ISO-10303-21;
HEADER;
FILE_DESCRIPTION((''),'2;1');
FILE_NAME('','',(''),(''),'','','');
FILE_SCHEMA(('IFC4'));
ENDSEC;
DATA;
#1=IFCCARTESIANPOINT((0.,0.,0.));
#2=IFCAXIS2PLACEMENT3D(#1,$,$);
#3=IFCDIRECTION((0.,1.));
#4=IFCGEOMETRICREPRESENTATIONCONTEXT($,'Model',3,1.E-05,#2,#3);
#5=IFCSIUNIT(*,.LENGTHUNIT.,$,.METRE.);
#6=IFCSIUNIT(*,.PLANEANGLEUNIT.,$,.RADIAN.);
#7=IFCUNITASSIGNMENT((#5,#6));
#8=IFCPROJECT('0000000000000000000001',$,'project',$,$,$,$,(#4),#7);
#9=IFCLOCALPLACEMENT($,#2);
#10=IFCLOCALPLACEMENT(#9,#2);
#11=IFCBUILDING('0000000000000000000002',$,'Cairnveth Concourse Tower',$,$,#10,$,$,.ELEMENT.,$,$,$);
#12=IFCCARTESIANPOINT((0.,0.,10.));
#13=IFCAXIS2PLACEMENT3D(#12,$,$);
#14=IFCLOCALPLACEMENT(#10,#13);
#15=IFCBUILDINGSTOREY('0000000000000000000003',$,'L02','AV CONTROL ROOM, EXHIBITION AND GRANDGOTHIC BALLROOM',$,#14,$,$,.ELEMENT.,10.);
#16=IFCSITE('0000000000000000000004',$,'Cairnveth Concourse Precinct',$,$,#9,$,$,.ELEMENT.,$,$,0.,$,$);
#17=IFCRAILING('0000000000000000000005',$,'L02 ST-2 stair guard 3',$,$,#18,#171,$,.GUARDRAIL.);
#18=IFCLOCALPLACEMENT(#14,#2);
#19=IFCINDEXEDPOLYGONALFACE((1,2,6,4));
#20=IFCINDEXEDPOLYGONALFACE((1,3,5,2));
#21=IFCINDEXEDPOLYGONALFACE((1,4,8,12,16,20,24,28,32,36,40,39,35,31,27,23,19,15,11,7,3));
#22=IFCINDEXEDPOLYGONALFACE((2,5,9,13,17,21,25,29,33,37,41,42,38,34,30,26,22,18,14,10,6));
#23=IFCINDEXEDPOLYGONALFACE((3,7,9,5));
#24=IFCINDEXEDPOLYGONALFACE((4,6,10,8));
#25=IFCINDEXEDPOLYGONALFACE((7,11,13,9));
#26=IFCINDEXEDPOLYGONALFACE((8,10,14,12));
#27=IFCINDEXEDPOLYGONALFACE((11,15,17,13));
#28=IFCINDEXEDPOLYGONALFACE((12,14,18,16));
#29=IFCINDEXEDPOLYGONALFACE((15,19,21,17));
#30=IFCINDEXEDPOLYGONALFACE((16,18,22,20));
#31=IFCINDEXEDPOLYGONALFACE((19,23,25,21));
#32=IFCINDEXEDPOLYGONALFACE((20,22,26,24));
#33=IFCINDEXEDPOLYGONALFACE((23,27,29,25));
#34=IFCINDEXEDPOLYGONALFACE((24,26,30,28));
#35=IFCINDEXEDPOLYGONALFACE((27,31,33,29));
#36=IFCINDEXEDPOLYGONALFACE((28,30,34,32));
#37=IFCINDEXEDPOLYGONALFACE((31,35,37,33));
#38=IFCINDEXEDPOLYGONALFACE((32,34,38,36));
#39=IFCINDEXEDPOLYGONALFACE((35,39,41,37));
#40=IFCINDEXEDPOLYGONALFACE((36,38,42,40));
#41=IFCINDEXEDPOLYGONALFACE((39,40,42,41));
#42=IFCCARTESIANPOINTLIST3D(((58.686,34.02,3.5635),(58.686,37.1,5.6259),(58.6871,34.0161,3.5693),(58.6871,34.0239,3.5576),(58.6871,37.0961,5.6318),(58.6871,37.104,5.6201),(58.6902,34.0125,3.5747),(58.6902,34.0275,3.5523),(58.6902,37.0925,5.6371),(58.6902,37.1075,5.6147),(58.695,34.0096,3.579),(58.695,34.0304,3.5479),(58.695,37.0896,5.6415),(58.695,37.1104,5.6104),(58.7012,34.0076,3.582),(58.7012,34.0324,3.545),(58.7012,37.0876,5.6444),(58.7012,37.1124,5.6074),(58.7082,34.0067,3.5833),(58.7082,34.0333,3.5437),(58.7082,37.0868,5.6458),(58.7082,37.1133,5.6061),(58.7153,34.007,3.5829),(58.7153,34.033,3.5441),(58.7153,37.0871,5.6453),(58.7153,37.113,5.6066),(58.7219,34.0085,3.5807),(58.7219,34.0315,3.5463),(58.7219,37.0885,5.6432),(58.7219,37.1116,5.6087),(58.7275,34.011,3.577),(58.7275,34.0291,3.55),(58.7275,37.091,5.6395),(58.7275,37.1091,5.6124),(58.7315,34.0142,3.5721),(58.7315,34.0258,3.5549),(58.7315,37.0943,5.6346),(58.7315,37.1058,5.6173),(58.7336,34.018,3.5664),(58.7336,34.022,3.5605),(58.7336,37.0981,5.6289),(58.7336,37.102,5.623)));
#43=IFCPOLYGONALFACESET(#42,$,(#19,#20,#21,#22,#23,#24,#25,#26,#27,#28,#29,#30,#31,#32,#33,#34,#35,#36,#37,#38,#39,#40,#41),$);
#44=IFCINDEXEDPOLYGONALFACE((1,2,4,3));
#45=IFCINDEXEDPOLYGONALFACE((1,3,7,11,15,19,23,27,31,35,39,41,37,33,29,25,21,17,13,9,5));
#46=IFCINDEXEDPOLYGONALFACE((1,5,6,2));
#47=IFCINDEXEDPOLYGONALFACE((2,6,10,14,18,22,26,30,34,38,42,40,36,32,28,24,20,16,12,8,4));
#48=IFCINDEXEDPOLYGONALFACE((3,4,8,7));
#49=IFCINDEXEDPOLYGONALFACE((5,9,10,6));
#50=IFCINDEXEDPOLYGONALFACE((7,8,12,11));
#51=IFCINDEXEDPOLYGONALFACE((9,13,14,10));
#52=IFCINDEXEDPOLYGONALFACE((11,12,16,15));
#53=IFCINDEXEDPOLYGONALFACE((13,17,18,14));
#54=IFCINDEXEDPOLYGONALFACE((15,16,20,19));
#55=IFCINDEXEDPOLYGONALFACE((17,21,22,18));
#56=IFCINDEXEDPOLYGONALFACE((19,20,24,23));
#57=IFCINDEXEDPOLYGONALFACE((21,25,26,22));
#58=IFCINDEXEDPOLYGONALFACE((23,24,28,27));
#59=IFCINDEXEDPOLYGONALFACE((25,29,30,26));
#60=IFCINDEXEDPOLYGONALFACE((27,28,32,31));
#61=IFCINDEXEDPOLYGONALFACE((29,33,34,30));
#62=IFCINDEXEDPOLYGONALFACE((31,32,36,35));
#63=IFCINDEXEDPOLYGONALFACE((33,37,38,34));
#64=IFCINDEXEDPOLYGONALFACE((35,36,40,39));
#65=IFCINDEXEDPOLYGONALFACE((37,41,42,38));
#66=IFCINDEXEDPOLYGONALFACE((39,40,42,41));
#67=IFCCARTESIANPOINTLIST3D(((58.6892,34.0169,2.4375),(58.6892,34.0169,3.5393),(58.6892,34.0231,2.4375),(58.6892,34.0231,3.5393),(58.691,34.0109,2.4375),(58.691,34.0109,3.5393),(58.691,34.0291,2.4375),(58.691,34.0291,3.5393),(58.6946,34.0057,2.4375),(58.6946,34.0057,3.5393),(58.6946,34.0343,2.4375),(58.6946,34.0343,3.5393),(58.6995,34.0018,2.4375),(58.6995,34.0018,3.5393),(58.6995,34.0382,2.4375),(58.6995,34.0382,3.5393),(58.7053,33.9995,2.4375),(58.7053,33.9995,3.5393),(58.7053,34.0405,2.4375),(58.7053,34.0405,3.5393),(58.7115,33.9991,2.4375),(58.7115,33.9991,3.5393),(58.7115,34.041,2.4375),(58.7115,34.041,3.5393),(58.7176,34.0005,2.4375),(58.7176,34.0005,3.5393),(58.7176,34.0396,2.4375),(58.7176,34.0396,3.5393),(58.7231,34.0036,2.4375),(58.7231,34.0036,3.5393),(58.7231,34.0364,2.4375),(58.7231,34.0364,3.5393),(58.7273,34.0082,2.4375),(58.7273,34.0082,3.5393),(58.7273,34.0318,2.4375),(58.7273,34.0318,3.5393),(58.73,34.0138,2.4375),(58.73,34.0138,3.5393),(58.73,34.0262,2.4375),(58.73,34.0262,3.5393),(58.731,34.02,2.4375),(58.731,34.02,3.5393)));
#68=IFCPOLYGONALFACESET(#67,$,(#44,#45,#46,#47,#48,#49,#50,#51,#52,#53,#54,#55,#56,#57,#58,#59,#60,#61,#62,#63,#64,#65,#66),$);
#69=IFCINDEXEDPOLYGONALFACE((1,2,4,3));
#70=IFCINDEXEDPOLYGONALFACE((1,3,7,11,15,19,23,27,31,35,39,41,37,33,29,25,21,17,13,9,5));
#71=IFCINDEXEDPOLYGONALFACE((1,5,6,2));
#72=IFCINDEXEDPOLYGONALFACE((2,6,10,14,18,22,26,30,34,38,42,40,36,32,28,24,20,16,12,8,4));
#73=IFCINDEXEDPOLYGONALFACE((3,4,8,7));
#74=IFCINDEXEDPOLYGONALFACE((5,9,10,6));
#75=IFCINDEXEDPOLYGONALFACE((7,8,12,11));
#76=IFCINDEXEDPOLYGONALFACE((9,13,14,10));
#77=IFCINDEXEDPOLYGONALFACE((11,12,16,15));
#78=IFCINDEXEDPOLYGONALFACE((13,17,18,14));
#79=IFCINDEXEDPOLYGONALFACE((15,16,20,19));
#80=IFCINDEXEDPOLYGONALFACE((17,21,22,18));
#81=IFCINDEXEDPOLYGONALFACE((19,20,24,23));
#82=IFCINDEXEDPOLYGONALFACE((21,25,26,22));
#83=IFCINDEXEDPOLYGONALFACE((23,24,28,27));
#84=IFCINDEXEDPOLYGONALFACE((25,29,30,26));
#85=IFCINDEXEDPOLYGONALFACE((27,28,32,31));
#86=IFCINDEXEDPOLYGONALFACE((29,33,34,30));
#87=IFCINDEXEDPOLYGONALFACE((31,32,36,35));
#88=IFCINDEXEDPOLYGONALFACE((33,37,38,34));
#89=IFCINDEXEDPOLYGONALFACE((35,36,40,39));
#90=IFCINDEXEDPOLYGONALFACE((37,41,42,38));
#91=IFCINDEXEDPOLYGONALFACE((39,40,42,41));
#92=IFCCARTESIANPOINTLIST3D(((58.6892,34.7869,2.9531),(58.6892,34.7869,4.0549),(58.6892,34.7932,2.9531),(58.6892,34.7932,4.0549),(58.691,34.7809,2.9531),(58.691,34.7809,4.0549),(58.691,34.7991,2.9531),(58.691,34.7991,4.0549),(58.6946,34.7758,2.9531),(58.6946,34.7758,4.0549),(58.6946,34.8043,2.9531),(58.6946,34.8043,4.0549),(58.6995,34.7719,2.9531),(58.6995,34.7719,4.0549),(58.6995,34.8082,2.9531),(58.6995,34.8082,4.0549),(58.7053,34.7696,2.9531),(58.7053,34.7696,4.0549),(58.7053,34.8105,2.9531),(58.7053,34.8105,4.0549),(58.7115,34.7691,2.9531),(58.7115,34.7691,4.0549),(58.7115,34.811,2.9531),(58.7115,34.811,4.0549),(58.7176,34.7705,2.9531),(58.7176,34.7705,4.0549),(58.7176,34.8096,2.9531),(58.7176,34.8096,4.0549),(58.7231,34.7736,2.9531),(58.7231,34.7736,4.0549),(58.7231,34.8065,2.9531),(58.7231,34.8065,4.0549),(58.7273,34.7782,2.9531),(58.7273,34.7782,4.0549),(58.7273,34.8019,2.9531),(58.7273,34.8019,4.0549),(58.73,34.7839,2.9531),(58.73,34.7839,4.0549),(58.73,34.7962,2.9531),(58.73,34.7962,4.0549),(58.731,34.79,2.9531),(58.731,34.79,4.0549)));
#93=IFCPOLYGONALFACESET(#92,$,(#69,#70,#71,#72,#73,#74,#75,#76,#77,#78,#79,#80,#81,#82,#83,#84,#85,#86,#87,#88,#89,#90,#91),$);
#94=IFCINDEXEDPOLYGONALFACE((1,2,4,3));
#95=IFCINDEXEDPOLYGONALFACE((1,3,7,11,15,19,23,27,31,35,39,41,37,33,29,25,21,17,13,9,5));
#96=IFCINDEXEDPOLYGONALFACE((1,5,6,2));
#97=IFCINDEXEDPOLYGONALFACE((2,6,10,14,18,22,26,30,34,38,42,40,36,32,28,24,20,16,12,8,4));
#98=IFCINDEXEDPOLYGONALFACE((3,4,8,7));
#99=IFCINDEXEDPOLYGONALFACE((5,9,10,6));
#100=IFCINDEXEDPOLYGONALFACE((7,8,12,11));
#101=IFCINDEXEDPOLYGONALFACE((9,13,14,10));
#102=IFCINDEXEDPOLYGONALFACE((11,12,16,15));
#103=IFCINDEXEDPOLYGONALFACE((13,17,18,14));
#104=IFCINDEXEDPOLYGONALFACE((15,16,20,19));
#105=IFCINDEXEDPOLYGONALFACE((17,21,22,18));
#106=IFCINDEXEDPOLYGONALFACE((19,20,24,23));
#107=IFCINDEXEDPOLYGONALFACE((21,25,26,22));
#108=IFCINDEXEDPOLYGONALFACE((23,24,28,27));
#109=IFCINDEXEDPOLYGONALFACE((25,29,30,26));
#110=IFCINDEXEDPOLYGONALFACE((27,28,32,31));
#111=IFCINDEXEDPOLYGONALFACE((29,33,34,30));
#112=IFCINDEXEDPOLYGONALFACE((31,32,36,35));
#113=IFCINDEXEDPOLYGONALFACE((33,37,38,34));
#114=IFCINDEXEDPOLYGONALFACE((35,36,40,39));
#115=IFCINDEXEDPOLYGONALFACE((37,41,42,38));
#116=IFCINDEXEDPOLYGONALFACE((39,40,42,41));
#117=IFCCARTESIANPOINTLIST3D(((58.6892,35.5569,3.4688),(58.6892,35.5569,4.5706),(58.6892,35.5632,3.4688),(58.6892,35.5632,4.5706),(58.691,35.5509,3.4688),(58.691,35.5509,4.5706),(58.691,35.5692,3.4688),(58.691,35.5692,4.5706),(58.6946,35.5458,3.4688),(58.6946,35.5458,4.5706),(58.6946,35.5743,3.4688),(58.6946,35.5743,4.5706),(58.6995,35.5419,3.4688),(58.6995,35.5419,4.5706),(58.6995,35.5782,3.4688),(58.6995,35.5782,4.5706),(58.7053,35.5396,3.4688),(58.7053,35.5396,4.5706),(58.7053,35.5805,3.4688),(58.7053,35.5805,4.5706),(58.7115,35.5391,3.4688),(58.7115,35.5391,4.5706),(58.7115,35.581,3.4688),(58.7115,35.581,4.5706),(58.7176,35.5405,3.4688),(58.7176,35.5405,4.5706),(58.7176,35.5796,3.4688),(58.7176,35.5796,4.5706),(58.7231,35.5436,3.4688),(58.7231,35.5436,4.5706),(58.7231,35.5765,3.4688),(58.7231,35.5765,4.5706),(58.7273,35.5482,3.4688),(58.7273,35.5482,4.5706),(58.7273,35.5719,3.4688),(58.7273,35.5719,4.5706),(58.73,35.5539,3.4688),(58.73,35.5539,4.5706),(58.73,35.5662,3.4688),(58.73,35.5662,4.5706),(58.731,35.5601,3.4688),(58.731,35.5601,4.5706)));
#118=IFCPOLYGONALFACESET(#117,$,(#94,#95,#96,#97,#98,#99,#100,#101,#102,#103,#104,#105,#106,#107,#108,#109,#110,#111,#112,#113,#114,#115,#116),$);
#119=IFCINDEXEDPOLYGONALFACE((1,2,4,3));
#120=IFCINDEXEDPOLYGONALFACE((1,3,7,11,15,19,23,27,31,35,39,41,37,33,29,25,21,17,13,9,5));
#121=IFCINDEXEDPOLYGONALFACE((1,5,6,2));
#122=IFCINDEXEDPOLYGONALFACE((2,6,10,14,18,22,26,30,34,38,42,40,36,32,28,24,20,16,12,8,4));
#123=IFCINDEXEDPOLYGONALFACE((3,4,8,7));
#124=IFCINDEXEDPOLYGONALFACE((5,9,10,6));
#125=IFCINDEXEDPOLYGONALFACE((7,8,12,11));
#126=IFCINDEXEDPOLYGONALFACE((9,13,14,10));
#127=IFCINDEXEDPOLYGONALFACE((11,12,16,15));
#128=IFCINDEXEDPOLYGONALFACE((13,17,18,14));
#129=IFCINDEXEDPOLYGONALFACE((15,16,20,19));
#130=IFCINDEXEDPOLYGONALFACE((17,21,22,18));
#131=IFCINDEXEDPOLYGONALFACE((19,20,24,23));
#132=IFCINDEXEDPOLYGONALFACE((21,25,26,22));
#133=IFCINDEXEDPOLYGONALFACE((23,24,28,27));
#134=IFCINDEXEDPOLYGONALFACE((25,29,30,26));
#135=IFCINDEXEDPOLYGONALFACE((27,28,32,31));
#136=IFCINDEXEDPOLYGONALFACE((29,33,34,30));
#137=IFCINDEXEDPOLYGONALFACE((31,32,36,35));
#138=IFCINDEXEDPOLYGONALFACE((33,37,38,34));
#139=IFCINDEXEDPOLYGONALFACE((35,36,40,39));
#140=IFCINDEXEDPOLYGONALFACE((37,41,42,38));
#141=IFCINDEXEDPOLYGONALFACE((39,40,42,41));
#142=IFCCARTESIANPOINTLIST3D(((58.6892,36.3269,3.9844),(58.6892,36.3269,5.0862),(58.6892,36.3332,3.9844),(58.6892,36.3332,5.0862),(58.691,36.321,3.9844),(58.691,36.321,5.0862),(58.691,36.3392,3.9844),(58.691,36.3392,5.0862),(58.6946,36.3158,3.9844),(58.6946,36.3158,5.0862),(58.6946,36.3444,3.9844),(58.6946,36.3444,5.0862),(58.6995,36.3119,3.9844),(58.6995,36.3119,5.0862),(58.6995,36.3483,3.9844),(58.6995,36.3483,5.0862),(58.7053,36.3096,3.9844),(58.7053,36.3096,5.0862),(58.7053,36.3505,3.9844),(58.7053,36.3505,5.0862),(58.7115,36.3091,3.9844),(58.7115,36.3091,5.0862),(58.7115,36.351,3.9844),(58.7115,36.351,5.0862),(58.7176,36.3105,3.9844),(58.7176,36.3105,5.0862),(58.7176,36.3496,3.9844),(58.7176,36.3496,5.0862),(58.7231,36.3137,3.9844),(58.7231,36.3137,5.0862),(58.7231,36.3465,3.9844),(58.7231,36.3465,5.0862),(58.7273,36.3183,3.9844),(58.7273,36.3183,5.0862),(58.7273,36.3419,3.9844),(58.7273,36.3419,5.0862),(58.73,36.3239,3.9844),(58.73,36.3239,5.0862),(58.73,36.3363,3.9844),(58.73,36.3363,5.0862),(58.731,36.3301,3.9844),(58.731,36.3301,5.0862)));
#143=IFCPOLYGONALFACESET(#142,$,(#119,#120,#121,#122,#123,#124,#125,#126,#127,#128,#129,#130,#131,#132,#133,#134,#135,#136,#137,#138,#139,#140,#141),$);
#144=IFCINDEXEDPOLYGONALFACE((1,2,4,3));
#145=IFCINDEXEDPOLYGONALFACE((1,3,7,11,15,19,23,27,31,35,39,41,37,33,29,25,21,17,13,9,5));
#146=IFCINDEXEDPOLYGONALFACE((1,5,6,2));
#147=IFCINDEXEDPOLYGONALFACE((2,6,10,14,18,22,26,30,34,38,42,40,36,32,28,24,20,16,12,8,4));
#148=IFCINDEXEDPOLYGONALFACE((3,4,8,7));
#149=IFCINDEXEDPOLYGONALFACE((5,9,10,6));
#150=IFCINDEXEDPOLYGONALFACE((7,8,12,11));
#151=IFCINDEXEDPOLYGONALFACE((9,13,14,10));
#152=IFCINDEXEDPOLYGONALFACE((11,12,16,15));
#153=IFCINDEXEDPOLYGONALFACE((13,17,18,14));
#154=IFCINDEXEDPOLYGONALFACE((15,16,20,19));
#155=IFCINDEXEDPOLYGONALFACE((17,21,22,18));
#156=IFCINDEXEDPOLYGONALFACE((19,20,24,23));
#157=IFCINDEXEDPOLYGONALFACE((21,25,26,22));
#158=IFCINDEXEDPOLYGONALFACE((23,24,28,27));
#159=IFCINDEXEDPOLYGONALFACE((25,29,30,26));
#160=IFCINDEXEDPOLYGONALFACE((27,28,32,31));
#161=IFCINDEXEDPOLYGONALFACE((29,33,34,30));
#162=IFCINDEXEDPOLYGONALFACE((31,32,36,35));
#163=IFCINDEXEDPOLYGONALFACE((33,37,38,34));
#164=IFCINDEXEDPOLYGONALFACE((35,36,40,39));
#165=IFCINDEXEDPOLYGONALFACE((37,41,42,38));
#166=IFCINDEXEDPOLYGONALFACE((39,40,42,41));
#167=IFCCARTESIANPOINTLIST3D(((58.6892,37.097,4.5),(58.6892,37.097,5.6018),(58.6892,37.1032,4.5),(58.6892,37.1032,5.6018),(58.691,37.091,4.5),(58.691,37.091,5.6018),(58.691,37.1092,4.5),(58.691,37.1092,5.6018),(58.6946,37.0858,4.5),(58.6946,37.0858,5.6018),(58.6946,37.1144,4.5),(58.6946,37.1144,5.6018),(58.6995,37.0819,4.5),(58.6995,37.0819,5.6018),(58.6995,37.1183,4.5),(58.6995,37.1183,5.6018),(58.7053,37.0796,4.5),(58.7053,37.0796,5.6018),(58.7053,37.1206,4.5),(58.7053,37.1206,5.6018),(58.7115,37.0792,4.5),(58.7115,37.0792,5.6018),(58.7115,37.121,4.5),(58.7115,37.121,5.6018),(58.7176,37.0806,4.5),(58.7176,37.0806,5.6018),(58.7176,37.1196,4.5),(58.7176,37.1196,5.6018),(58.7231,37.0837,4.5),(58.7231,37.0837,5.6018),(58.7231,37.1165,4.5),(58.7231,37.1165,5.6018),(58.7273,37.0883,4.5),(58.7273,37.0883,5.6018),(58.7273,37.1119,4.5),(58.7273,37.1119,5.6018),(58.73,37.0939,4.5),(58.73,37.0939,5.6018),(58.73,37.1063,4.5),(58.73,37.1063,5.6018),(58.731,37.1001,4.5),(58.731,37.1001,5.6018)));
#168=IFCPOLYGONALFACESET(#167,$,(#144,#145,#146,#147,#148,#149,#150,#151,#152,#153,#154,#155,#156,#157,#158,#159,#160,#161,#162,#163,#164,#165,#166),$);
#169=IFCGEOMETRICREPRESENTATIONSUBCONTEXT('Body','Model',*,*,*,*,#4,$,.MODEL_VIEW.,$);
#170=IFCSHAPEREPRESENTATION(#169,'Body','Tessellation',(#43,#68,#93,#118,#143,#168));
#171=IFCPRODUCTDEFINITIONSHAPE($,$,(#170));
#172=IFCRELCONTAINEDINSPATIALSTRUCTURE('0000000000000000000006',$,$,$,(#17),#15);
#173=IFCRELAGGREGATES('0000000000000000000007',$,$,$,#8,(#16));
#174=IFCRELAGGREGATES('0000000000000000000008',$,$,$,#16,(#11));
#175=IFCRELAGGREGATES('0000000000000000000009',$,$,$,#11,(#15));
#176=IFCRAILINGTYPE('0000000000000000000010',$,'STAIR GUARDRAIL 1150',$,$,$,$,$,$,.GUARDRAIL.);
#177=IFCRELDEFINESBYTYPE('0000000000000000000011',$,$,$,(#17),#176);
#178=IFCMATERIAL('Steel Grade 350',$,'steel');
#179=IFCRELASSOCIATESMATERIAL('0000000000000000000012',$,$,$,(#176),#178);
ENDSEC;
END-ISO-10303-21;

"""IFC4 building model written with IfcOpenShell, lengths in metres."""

from ifc_helpers import new_model, si_unit, direction, frame, origin, origin_2d, place, context, subcontext, project, spatial, circle, extrude, material, type_object, element, save


model = new_model("IFC4")

# Units and contexts
model_context = context("Model", 3, precision=1e-05, world=origin(), true_north=direction((0.0, 1.0)))
body_context = subcontext(model_context, "Body", "Model", "MODEL_VIEW")
ifc_project = project(units=[si_unit("LENGTHUNIT", "METRE"), si_unit("PLANEANGLEUNIT", "RADIAN")], contexts=[model_context])

# Site, building, storey
site_placement = place(None, origin())
site = spatial("IfcSite", under=ifc_project, at=site_placement, Name="Cairnveth Concourse Precinct", CompositionType="ELEMENT", RefElevation=0.0)
building_placement = place(site_placement, origin())
building = spatial("IfcBuilding", under=site, at=building_placement, Name="Cairnveth Concourse Tower", CompositionType="ELEMENT")
storey_placement = place(building_placement, frame((0.0, 0.0, 10.0)))
storey = spatial("IfcBuildingStorey", under=building, at=storey_placement, Name="L02", Description="AV CONTROL ROOM, EXHIBITION AND GRANDGOTHIC BALLROOM", CompositionType="ELEMENT", Elevation=10.0)

# Shared definitions
ifc_material_1 = material(Name="Steel Grade 350", Category="steel")

# Railing
railing_type_1 = type_object("IfcRailingType", Name="STAIR GUARDRAIL 1150", PredefinedType="GUARDRAIL", material=ifc_material_1)
railing_1_placement = place(storey_placement, frame((58.71, 34.02, 2.4375)))
element("IfcRailing", 1, at=railing_1_placement, inside=storey, type_object=railing_type_1, Name="L02 ST-2 stair guard 3", PredefinedType="GUARDRAIL", context=body_context, shape_type="SweptSolid", body=[
    extrude(circle(Radius=0.0239, at=origin_2d()), frame((0.0, 0.0, 1.126), z_axis=(0.0, 0.830914, 0.556401), x_axis=(-1.0, 0.0, 0.0)), (0.0, 0.0, 1.0), 3.7068),
    extrude(circle(Radius=0.021, at=origin_2d()), origin(), (0.0, 0.0, 1.0), 1.1018),
    extrude(circle(Radius=0.021, at=origin_2d()), frame((0.0, 0.77, 0.5156)), (0.0, 0.0, 1.0), 1.1018),
    extrude(circle(Radius=0.021, at=origin_2d()), frame((0.0, 1.54, 1.0312)), (0.0, 0.0, 1.0), 1.1018),
    extrude(circle(Radius=0.021, at=origin_2d()), frame((0.0, 2.3101, 1.5469)), (0.0, 0.0, 1.0), 1.1018),
    extrude(circle(Radius=0.021, at=origin_2d()), frame((0.0, 3.0801, 2.0625)), (0.0, 0.0, 1.0), 1.1018),
])

save(model, "model.ifc")
